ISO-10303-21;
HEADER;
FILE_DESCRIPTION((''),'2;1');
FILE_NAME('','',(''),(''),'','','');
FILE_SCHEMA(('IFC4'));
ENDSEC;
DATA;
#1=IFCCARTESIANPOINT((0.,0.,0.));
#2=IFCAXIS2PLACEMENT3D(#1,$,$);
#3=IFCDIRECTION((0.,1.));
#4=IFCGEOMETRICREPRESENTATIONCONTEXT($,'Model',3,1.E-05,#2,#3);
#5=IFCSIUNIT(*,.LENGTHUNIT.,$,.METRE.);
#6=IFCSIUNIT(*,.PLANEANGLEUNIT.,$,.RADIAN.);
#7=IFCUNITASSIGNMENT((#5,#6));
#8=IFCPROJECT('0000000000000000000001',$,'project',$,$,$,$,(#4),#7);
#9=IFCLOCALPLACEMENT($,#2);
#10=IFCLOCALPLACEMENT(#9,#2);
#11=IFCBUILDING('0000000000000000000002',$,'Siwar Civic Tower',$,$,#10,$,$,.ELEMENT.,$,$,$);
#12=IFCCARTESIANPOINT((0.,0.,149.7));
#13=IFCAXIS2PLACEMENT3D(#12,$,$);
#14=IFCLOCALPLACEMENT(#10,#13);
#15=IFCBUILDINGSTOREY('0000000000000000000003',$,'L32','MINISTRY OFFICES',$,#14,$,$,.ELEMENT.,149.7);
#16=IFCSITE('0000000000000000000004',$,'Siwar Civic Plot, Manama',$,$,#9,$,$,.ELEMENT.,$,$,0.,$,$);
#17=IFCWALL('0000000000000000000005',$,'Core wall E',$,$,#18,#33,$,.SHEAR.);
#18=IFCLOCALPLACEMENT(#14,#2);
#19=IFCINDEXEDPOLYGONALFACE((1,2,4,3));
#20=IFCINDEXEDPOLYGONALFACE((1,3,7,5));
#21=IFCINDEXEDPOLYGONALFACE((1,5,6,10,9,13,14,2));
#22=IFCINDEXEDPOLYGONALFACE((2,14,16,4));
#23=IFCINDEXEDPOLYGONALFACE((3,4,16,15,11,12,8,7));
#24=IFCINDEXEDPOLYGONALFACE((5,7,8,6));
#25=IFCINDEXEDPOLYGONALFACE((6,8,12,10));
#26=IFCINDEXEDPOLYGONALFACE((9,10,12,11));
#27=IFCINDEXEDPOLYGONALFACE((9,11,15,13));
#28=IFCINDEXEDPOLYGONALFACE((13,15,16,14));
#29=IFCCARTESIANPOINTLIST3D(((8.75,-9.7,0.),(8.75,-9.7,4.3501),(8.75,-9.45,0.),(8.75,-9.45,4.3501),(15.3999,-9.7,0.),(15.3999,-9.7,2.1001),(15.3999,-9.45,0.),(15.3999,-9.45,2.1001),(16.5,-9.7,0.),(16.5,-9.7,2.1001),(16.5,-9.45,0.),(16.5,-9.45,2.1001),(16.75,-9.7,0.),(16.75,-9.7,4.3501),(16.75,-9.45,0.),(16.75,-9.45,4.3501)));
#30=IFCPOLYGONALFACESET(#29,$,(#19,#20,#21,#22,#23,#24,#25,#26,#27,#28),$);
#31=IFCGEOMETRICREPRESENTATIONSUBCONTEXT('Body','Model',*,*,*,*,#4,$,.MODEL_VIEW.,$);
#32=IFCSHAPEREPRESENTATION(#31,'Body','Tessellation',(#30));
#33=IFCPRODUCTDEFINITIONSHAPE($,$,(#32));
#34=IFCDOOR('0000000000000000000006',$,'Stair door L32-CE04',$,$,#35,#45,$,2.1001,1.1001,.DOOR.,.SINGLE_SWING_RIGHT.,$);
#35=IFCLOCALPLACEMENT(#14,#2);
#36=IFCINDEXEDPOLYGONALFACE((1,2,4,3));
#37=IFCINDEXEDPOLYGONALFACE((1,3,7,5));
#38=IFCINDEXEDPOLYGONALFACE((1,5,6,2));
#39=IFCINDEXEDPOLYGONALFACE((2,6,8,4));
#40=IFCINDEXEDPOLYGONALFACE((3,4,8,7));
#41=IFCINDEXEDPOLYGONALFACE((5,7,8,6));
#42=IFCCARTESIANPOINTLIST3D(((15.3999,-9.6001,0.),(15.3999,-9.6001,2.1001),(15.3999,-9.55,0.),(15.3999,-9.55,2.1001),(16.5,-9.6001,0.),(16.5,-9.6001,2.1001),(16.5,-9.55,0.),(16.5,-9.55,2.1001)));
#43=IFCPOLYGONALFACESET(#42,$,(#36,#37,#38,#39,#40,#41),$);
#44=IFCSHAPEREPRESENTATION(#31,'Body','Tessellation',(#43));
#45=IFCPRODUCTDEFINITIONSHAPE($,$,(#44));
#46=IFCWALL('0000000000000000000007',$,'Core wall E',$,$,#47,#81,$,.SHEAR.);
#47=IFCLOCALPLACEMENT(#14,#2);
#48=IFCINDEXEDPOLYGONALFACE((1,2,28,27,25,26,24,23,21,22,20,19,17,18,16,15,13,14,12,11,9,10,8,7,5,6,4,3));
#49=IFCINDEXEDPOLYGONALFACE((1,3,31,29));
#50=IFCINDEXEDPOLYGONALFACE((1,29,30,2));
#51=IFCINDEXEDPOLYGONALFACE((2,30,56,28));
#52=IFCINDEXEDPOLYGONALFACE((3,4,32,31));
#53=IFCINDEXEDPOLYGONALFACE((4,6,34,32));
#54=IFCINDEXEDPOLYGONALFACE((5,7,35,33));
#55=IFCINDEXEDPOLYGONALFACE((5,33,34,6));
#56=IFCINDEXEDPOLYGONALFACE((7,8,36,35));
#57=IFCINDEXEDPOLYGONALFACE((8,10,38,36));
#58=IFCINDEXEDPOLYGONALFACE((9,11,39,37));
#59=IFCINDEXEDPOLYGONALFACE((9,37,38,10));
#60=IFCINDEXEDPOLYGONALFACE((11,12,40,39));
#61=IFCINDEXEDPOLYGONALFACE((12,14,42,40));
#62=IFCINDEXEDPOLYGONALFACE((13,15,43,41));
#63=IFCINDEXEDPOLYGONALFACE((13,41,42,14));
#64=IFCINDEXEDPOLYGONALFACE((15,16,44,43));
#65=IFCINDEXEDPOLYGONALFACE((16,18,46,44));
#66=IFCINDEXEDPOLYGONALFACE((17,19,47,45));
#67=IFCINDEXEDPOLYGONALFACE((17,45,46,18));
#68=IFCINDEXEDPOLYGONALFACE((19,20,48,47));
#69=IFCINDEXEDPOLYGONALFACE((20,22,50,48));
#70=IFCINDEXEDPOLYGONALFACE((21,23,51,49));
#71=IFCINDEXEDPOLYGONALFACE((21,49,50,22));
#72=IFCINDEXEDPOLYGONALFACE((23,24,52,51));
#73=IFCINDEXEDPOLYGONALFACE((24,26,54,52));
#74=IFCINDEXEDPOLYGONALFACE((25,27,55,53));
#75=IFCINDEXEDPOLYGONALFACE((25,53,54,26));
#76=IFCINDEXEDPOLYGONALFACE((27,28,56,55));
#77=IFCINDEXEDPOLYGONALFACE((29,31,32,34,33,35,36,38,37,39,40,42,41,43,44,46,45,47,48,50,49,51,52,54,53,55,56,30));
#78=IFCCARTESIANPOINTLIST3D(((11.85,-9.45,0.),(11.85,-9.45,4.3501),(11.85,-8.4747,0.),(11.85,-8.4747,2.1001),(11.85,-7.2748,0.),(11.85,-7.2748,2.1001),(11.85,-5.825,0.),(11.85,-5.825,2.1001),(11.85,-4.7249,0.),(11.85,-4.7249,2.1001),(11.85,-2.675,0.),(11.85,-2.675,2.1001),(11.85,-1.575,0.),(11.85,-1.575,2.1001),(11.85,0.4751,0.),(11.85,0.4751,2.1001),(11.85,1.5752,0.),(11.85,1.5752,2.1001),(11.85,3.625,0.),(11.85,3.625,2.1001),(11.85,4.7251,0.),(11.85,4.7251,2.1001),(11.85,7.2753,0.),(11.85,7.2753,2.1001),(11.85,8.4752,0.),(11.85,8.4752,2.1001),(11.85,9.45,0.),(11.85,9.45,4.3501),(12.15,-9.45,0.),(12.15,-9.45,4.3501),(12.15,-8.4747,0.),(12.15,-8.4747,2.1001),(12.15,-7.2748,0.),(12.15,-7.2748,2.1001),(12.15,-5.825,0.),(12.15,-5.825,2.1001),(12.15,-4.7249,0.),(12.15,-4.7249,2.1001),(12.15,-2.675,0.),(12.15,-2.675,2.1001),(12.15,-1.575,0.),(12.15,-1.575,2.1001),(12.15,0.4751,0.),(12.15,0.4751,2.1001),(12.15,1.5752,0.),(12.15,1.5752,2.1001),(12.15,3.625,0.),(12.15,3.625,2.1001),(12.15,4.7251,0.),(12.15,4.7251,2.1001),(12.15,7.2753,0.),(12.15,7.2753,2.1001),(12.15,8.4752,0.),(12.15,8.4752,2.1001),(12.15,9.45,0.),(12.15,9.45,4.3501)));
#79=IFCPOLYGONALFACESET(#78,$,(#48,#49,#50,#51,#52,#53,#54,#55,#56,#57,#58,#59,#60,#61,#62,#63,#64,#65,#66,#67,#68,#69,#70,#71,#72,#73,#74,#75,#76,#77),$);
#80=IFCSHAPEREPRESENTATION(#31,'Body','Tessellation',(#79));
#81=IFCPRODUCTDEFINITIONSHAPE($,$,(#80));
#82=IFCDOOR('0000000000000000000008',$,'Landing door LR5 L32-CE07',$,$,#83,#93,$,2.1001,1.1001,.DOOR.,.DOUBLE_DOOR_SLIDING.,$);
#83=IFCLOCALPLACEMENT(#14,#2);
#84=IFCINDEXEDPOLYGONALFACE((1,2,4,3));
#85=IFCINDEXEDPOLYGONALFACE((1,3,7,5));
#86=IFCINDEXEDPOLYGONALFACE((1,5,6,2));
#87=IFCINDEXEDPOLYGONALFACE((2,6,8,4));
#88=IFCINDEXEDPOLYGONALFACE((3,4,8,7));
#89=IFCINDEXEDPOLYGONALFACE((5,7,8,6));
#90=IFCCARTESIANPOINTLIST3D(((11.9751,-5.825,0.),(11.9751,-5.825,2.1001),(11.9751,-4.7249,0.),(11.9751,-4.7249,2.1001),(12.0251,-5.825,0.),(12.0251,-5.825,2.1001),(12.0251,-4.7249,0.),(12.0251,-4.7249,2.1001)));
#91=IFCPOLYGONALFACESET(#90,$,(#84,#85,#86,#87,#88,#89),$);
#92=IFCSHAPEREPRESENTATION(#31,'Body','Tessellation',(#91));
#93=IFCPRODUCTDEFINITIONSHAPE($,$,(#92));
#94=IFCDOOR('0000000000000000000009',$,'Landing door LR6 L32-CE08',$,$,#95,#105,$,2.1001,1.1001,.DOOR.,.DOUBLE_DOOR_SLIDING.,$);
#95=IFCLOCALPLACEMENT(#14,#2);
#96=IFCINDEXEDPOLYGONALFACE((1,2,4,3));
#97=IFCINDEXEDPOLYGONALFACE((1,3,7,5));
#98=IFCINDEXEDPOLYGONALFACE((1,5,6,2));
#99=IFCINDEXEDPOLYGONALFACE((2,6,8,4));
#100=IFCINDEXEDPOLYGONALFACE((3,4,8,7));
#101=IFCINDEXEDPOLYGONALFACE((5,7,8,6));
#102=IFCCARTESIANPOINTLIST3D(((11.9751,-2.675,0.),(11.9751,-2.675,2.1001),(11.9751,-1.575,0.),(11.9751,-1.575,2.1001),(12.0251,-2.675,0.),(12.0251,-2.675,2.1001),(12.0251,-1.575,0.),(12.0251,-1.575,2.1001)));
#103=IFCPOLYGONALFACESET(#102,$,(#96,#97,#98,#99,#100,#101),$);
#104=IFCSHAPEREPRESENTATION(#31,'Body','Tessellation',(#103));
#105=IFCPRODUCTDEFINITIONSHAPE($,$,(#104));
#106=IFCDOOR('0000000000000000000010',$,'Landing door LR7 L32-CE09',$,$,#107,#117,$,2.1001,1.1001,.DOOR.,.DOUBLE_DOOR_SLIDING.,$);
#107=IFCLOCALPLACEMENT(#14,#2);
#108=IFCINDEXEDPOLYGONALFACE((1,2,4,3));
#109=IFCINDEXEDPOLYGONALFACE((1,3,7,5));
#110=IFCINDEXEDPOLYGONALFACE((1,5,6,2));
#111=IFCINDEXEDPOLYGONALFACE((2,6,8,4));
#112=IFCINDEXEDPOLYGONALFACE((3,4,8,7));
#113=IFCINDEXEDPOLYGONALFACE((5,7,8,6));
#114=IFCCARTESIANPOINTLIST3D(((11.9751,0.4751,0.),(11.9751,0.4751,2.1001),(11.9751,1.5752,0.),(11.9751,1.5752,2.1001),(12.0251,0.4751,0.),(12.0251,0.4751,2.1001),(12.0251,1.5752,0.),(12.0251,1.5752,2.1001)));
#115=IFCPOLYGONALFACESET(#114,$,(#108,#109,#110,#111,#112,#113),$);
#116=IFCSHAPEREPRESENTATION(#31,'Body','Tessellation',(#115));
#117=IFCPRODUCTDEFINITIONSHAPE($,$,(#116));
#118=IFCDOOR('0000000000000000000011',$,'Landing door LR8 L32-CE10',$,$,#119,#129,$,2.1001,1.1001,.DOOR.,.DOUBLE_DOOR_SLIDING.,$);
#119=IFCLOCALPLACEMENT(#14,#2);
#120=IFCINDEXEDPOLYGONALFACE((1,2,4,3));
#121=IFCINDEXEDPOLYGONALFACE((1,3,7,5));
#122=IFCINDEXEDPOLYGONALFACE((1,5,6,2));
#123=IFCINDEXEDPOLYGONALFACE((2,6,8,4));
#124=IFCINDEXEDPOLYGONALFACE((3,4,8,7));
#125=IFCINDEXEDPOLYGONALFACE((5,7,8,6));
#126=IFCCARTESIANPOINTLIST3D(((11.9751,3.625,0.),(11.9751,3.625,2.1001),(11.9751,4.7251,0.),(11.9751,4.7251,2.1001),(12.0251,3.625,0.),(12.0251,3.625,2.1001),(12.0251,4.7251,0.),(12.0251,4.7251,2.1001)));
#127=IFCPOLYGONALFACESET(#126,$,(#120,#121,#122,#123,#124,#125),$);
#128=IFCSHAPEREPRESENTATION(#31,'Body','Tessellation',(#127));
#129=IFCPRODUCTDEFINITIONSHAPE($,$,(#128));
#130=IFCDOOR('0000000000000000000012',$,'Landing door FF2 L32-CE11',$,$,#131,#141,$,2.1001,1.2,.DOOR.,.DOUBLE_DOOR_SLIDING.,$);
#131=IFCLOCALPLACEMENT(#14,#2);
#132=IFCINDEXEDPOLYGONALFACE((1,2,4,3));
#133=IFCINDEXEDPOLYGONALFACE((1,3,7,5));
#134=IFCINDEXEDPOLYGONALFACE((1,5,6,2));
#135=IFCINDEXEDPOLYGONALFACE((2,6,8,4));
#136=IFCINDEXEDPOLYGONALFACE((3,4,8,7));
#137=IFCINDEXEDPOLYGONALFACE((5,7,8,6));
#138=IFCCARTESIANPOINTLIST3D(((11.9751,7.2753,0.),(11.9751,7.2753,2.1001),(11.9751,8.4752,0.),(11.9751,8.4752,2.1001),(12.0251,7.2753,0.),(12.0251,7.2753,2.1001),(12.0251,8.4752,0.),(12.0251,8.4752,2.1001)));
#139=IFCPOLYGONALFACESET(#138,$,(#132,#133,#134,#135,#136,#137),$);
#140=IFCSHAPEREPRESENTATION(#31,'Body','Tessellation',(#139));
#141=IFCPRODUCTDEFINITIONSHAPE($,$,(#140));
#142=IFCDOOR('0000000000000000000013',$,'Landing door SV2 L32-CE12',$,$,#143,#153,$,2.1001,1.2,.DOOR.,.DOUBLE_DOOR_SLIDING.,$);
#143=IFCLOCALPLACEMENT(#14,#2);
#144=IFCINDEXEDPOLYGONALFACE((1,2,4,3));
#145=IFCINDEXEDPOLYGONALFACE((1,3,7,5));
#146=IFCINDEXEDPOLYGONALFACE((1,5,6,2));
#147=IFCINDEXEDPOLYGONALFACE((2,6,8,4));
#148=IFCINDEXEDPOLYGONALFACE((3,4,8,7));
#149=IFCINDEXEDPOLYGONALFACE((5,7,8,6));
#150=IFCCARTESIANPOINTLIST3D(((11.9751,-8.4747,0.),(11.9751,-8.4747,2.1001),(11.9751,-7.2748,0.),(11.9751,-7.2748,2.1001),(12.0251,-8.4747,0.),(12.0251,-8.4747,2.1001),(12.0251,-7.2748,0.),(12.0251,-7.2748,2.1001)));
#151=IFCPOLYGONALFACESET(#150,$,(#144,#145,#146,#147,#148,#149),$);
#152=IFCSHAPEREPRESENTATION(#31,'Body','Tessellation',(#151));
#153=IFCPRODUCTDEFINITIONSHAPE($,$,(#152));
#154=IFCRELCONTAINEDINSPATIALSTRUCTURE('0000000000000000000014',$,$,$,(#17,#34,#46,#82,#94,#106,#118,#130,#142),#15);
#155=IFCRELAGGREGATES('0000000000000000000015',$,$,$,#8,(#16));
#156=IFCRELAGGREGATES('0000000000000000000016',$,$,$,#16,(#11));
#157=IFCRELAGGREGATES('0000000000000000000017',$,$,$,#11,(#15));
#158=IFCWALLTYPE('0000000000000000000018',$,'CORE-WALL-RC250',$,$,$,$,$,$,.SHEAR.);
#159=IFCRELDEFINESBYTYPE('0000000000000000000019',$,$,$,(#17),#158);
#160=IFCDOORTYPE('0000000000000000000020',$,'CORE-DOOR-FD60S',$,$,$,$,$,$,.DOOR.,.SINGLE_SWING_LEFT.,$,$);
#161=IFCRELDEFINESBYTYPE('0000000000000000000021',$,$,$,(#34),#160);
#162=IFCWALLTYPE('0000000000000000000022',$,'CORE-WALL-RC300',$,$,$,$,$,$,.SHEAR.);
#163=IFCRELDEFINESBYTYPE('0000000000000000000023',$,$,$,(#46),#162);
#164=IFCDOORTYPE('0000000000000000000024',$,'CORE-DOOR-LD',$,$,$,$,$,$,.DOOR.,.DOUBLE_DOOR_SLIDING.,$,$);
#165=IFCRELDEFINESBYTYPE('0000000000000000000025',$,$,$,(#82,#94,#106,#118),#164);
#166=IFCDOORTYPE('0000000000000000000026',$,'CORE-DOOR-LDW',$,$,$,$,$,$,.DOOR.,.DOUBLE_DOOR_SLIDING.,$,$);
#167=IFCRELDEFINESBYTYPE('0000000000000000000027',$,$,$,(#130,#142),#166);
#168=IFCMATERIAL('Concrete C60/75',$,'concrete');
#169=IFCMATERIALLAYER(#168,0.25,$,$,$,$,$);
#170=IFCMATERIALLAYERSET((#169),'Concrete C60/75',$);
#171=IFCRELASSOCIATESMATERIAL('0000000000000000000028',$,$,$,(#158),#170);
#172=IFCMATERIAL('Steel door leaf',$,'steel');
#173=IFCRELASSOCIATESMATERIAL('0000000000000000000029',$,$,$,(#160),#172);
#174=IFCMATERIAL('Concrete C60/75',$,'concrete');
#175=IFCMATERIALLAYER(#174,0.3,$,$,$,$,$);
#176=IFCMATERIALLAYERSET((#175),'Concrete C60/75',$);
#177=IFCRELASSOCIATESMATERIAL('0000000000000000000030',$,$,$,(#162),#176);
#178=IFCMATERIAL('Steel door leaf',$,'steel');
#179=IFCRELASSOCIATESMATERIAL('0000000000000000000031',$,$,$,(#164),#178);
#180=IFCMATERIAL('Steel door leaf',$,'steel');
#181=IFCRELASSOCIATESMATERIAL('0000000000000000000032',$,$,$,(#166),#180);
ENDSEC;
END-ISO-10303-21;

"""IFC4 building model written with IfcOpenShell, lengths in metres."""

from ifc_helpers import new_model, si_unit, direction, frame, frame_2d, origin, place, context, subcontext, project, spatial, rectangle, extrude, material, layer, layer_set, type_object, element, fill, save


model = new_model("IFC4")

# Units and contexts
model_context = context("Model", 3, precision=1e-05, world=origin(), true_north=direction((0.0, 1.0)))
body_context = subcontext(model_context, "Body", "Model", "MODEL_VIEW")
ifc_project = project(units=[si_unit("LENGTHUNIT", "METRE"), si_unit("PLANEANGLEUNIT", "RADIAN")], contexts=[model_context])

# Site, building, storey
site_placement = place(None, origin())
site = spatial("IfcSite", under=ifc_project, at=site_placement, Name="Siwar Civic Plot, Manama", CompositionType="ELEMENT", RefElevation=0.0)
building_placement = place(site_placement, origin())
building = spatial("IfcBuilding", under=site, at=building_placement, Name="Siwar Civic Tower", CompositionType="ELEMENT")
storey_placement = place(building_placement, frame((0.0, 0.0, 149.7)))
storey = spatial("IfcBuildingStorey", under=building, at=storey_placement, Name="L32", Description="MINISTRY OFFICES", CompositionType="ELEMENT", Elevation=149.7)

# Wall, opening, door
ifc_material_1 = material(Name="Concrete C60/75", Category="concrete")
ifc_layer_1 = layer(ifc_material_1, 0.25)
ifc_layer_set_1 = layer_set([ifc_layer_1], Name="Concrete C60/75")
wall_type_1 = type_object("IfcWallType", Name="CORE-WALL-RC250", PredefinedType="SHEAR", material=ifc_layer_set_1)
wall_1_placement = place(storey_placement, frame((8.75, -9.575, 0.0), z_axis=(0.0, 0.0, 1.0), x_axis=(1.0, 0.0, 0.0)))
wall_1 = element("IfcWall", 1, at=wall_1_placement, inside=storey, type_object=wall_type_1, Name="Core wall E", PredefinedType="SHEAR", context=body_context, shape_type="SweptSolid", body=[
    extrude(rectangle(XDim=8.0, YDim=0.25, at=frame_2d((4.0, 0.0))), origin(), (0.0, 0.0, 1.0), 4.3501),
])
opening_1_placement = place(wall_1_placement, frame((6.6499, 0.0, 0.0)))
opening_1 = element("IfcOpeningElement", 2, at=opening_1_placement, cuts=wall_1, PredefinedType="OPENING", context=body_context, shape_type="SweptSolid", body=[
    extrude(rectangle(XDim=1.1001, YDim=2.1001, at=frame_2d((0.55, 1.05))), frame((0.0, 0.135, 0.0), z_axis=(0.0, -1.0, 0.0), x_axis=(1.0, 0.0, 0.0)), (0.0, 0.0, 1.0), 0.27),
])
ifc_material_2 = material(Name="Steel door leaf", Category="steel")
door_type_1 = type_object("IfcDoorType", Name="CORE-DOOR-FD60S", OperationType="SINGLE_SWING_LEFT", PredefinedType="DOOR", material=ifc_material_2)
door_1_placement = place(opening_1_placement, origin())
door_1 = element("IfcDoor", 3, at=door_1_placement, inside=storey, type_object=door_type_1, Name="Stair door L32-CE04", OperationType="SINGLE_SWING_RIGHT", OverallHeight=2.1001, OverallWidth=1.1001, PredefinedType="DOOR", context=body_context, shape_type="SweptSolid", body=[
    extrude(rectangle(XDim=1.1001, YDim=2.1001, at=frame_2d((0.55, 1.05))), frame((0.0, 0.0249, 0.0), z_axis=(0.0, -1.0, 0.0), x_axis=(1.0, 0.0, 0.0)), (0.0, 0.0, 1.0), 0.05),
])
fill(opening_1, door_1)

# Wall, openings, doors
ifc_material_3 = material(Name="Concrete C60/75", Category="concrete")
ifc_layer_2 = layer(ifc_material_3, 0.3)
ifc_layer_set_2 = layer_set([ifc_layer_2], Name="Concrete C60/75")
wall_type_2 = type_object("IfcWallType", Name="CORE-WALL-RC300", PredefinedType="SHEAR", material=ifc_layer_set_2)
wall_2_placement = place(storey_placement, frame((12.0, -9.45, 0.0), z_axis=(0.0, 0.0, 1.0), x_axis=(0.0, 1.0, 0.0)))
wall_2 = element("IfcWall", 4, at=wall_2_placement, inside=storey, type_object=wall_type_2, Name="Core wall E", PredefinedType="SHEAR", context=body_context, shape_type="SweptSolid", body=[
    extrude(rectangle(XDim=18.8999, YDim=0.3, at=frame_2d((9.45, 0.0))), origin(), (0.0, 0.0, 1.0), 4.3501),
])
opening_2_placement = place(wall_2_placement, frame((3.625, 0.0, 0.0)))
opening_2 = element("IfcOpeningElement", 5, at=opening_2_placement, cuts=wall_2, PredefinedType="OPENING", context=body_context, shape_type="SweptSolid", body=[
    extrude(rectangle(XDim=1.1001, YDim=2.1001, at=frame_2d((0.55, 1.05))), frame((0.0, 0.1602, 0.0), z_axis=(0.0, -1.0, 0.0), x_axis=(1.0, 0.0, 0.0)), (0.0, 0.0, 1.0), 0.3201),
])
opening_3_placement = place(wall_2_placement, frame((6.7749, 0.0, 0.0)))
opening_3 = element("IfcOpeningElement", 6, at=opening_3_placement, cuts=wall_2, PredefinedType="OPENING", context=body_context, shape_type="SweptSolid", body=[
    extrude(rectangle(XDim=1.1001, YDim=2.1001, at=frame_2d((0.55, 1.05))), frame((0.0, 0.1602, 0.0), z_axis=(0.0, -1.0, 0.0), x_axis=(1.0, 0.0, 0.0)), (0.0, 0.0, 1.0), 0.3201),
])
opening_4_placement = place(wall_2_placement, frame((9.925, 0.0, 0.0)))
opening_4 = element("IfcOpeningElement", 7, at=opening_4_placement, cuts=wall_2, PredefinedType="OPENING", context=body_context, shape_type="SweptSolid", body=[
    extrude(rectangle(XDim=1.1001, YDim=2.1001, at=frame_2d((0.55, 1.05))), frame((0.0, 0.1602, 0.0), z_axis=(0.0, -1.0, 0.0), x_axis=(1.0, 0.0, 0.0)), (0.0, 0.0, 1.0), 0.3201),
])
opening_5_placement = place(wall_2_placement, frame((13.075, 0.0, 0.0)))
opening_5 = element("IfcOpeningElement", 8, at=opening_5_placement, cuts=wall_2, PredefinedType="OPENING", context=body_context, shape_type="SweptSolid", body=[
    extrude(rectangle(XDim=1.1001, YDim=2.1001, at=frame_2d((0.55, 1.05))), frame((0.0, 0.1602, 0.0), z_axis=(0.0, -1.0, 0.0), x_axis=(1.0, 0.0, 0.0)), (0.0, 0.0, 1.0), 0.3201),
])
opening_6_placement = place(wall_2_placement, frame((16.7251, 0.0, 0.0)))
opening_6 = element("IfcOpeningElement", 9, at=opening_6_placement, cuts=wall_2, PredefinedType="OPENING", context=body_context, shape_type="SweptSolid", body=[
    extrude(rectangle(XDim=1.2, YDim=2.1001, at=frame_2d((0.6001, 1.05))), frame((0.0, 0.1602, 0.0), z_axis=(0.0, -1.0, 0.0), x_axis=(1.0, 0.0, 0.0)), (0.0, 0.0, 1.0), 0.3201),
])
opening_7_placement = place(wall_2_placement, frame((0.9751, 0.0, 0.0)))
opening_7 = element("IfcOpeningElement", 10, at=opening_7_placement, cuts=wall_2, PredefinedType="OPENING", context=body_context, shape_type="SweptSolid", body=[
    extrude(rectangle(XDim=1.2, YDim=2.1001, at=frame_2d((0.6001, 1.05))), frame((0.0, 0.1602, 0.0), z_axis=(0.0, -1.0, 0.0), x_axis=(1.0, 0.0, 0.0)), (0.0, 0.0, 1.0), 0.3201),
])
ifc_material_4 = material(Name="Steel door leaf", Category="steel")
door_type_2 = type_object("IfcDoorType", Name="CORE-DOOR-LD", OperationType="DOUBLE_DOOR_SLIDING", PredefinedType="DOOR", material=ifc_material_4)
door_2_placement = place(opening_2_placement, origin())
door_2 = element("IfcDoor", 11, at=door_2_placement, inside=storey, type_object=door_type_2, Name="Landing door LR5 L32-CE07", OperationType="DOUBLE_DOOR_SLIDING", OverallHeight=2.1001, OverallWidth=1.1001, PredefinedType="DOOR", context=body_context, shape_type="SweptSolid", body=[
    extrude(rectangle(XDim=1.1001, YDim=2.1001, at=frame_2d((0.55, 1.05))), frame((0.0, 0.0249, 0.0), z_axis=(0.0, -1.0, 0.0), x_axis=(1.0, 0.0, 0.0)), (0.0, 0.0, 1.0), 0.05),
])
fill(opening_2, door_2)
door_3_placement = place(opening_3_placement, origin())
door_3 = element("IfcDoor", 12, at=door_3_placement, inside=storey, type_object=door_type_2, Name="Landing door LR6 L32-CE08", OperationType="DOUBLE_DOOR_SLIDING", OverallHeight=2.1001, OverallWidth=1.1001, PredefinedType="DOOR", context=body_context, shape_type="SweptSolid", body=[
    extrude(rectangle(XDim=1.1001, YDim=2.1001, at=frame_2d((0.55, 1.05))), frame((0.0, 0.0249, 0.0), z_axis=(0.0, -1.0, 0.0), x_axis=(1.0, 0.0, 0.0)), (0.0, 0.0, 1.0), 0.05),
])
fill(opening_3, door_3)
door_4_placement = place(opening_4_placement, origin())
door_4 = element("IfcDoor", 13, at=door_4_placement, inside=storey, type_object=door_type_2, Name="Landing door LR7 L32-CE09", OperationType="DOUBLE_DOOR_SLIDING", OverallHeight=2.1001, OverallWidth=1.1001, PredefinedType="DOOR", context=body_context, shape_type="SweptSolid", body=[
    extrude(rectangle(XDim=1.1001, YDim=2.1001, at=frame_2d((0.55, 1.05))), frame((0.0, 0.0249, 0.0), z_axis=(0.0, -1.0, 0.0), x_axis=(1.0, 0.0, 0.0)), (0.0, 0.0, 1.0), 0.05),
])
fill(opening_4, door_4)
door_5_placement = place(opening_5_placement, origin())
door_5 = element("IfcDoor", 14, at=door_5_placement, inside=storey, type_object=door_type_2, Name="Landing door LR8 L32-CE10", OperationType="DOUBLE_DOOR_SLIDING", OverallHeight=2.1001, OverallWidth=1.1001, PredefinedType="DOOR", context=body_context, shape_type="SweptSolid", body=[
    extrude(rectangle(XDim=1.1001, YDim=2.1001, at=frame_2d((0.55, 1.05))), frame((0.0, 0.0249, 0.0), z_axis=(0.0, -1.0, 0.0), x_axis=(1.0, 0.0, 0.0)), (0.0, 0.0, 1.0), 0.05),
])
fill(opening_5, door_5)
ifc_material_5 = material(Name="Steel door leaf", Category="steel")
door_type_3 = type_object("IfcDoorType", Name="CORE-DOOR-LDW", OperationType="DOUBLE_DOOR_SLIDING", PredefinedType="DOOR", material=ifc_material_5)
door_6_placement = place(opening_6_placement, origin())
door_6 = element("IfcDoor", 15, at=door_6_placement, inside=storey, type_object=door_type_3, Name="Landing door FF2 L32-CE11", OperationType="DOUBLE_DOOR_SLIDING", OverallHeight=2.1001, OverallWidth=1.2, PredefinedType="DOOR", context=body_context, shape_type="SweptSolid", body=[
    extrude(rectangle(XDim=1.2, YDim=2.1001, at=frame_2d((0.6001, 1.05))), frame((0.0, 0.0249, 0.0), z_axis=(0.0, -1.0, 0.0), x_axis=(1.0, 0.0, 0.0)), (0.0, 0.0, 1.0), 0.05),
])
fill(opening_6, door_6)
door_7_placement = place(opening_7_placement, origin())
door_7 = element("IfcDoor", 16, at=door_7_placement, inside=storey, type_object=door_type_3, Name="Landing door SV2 L32-CE12", OperationType="DOUBLE_DOOR_SLIDING", OverallHeight=2.1001, OverallWidth=1.2, PredefinedType="DOOR", context=body_context, shape_type="SweptSolid", body=[
    extrude(rectangle(XDim=1.2, YDim=2.1001, at=frame_2d((0.6001, 1.05))), frame((0.0, 0.0249, 0.0), z_axis=(0.0, -1.0, 0.0), x_axis=(1.0, 0.0, 0.0)), (0.0, 0.0, 1.0), 0.05),
])
fill(opening_7, door_7)

save(model, "model.ifc")
